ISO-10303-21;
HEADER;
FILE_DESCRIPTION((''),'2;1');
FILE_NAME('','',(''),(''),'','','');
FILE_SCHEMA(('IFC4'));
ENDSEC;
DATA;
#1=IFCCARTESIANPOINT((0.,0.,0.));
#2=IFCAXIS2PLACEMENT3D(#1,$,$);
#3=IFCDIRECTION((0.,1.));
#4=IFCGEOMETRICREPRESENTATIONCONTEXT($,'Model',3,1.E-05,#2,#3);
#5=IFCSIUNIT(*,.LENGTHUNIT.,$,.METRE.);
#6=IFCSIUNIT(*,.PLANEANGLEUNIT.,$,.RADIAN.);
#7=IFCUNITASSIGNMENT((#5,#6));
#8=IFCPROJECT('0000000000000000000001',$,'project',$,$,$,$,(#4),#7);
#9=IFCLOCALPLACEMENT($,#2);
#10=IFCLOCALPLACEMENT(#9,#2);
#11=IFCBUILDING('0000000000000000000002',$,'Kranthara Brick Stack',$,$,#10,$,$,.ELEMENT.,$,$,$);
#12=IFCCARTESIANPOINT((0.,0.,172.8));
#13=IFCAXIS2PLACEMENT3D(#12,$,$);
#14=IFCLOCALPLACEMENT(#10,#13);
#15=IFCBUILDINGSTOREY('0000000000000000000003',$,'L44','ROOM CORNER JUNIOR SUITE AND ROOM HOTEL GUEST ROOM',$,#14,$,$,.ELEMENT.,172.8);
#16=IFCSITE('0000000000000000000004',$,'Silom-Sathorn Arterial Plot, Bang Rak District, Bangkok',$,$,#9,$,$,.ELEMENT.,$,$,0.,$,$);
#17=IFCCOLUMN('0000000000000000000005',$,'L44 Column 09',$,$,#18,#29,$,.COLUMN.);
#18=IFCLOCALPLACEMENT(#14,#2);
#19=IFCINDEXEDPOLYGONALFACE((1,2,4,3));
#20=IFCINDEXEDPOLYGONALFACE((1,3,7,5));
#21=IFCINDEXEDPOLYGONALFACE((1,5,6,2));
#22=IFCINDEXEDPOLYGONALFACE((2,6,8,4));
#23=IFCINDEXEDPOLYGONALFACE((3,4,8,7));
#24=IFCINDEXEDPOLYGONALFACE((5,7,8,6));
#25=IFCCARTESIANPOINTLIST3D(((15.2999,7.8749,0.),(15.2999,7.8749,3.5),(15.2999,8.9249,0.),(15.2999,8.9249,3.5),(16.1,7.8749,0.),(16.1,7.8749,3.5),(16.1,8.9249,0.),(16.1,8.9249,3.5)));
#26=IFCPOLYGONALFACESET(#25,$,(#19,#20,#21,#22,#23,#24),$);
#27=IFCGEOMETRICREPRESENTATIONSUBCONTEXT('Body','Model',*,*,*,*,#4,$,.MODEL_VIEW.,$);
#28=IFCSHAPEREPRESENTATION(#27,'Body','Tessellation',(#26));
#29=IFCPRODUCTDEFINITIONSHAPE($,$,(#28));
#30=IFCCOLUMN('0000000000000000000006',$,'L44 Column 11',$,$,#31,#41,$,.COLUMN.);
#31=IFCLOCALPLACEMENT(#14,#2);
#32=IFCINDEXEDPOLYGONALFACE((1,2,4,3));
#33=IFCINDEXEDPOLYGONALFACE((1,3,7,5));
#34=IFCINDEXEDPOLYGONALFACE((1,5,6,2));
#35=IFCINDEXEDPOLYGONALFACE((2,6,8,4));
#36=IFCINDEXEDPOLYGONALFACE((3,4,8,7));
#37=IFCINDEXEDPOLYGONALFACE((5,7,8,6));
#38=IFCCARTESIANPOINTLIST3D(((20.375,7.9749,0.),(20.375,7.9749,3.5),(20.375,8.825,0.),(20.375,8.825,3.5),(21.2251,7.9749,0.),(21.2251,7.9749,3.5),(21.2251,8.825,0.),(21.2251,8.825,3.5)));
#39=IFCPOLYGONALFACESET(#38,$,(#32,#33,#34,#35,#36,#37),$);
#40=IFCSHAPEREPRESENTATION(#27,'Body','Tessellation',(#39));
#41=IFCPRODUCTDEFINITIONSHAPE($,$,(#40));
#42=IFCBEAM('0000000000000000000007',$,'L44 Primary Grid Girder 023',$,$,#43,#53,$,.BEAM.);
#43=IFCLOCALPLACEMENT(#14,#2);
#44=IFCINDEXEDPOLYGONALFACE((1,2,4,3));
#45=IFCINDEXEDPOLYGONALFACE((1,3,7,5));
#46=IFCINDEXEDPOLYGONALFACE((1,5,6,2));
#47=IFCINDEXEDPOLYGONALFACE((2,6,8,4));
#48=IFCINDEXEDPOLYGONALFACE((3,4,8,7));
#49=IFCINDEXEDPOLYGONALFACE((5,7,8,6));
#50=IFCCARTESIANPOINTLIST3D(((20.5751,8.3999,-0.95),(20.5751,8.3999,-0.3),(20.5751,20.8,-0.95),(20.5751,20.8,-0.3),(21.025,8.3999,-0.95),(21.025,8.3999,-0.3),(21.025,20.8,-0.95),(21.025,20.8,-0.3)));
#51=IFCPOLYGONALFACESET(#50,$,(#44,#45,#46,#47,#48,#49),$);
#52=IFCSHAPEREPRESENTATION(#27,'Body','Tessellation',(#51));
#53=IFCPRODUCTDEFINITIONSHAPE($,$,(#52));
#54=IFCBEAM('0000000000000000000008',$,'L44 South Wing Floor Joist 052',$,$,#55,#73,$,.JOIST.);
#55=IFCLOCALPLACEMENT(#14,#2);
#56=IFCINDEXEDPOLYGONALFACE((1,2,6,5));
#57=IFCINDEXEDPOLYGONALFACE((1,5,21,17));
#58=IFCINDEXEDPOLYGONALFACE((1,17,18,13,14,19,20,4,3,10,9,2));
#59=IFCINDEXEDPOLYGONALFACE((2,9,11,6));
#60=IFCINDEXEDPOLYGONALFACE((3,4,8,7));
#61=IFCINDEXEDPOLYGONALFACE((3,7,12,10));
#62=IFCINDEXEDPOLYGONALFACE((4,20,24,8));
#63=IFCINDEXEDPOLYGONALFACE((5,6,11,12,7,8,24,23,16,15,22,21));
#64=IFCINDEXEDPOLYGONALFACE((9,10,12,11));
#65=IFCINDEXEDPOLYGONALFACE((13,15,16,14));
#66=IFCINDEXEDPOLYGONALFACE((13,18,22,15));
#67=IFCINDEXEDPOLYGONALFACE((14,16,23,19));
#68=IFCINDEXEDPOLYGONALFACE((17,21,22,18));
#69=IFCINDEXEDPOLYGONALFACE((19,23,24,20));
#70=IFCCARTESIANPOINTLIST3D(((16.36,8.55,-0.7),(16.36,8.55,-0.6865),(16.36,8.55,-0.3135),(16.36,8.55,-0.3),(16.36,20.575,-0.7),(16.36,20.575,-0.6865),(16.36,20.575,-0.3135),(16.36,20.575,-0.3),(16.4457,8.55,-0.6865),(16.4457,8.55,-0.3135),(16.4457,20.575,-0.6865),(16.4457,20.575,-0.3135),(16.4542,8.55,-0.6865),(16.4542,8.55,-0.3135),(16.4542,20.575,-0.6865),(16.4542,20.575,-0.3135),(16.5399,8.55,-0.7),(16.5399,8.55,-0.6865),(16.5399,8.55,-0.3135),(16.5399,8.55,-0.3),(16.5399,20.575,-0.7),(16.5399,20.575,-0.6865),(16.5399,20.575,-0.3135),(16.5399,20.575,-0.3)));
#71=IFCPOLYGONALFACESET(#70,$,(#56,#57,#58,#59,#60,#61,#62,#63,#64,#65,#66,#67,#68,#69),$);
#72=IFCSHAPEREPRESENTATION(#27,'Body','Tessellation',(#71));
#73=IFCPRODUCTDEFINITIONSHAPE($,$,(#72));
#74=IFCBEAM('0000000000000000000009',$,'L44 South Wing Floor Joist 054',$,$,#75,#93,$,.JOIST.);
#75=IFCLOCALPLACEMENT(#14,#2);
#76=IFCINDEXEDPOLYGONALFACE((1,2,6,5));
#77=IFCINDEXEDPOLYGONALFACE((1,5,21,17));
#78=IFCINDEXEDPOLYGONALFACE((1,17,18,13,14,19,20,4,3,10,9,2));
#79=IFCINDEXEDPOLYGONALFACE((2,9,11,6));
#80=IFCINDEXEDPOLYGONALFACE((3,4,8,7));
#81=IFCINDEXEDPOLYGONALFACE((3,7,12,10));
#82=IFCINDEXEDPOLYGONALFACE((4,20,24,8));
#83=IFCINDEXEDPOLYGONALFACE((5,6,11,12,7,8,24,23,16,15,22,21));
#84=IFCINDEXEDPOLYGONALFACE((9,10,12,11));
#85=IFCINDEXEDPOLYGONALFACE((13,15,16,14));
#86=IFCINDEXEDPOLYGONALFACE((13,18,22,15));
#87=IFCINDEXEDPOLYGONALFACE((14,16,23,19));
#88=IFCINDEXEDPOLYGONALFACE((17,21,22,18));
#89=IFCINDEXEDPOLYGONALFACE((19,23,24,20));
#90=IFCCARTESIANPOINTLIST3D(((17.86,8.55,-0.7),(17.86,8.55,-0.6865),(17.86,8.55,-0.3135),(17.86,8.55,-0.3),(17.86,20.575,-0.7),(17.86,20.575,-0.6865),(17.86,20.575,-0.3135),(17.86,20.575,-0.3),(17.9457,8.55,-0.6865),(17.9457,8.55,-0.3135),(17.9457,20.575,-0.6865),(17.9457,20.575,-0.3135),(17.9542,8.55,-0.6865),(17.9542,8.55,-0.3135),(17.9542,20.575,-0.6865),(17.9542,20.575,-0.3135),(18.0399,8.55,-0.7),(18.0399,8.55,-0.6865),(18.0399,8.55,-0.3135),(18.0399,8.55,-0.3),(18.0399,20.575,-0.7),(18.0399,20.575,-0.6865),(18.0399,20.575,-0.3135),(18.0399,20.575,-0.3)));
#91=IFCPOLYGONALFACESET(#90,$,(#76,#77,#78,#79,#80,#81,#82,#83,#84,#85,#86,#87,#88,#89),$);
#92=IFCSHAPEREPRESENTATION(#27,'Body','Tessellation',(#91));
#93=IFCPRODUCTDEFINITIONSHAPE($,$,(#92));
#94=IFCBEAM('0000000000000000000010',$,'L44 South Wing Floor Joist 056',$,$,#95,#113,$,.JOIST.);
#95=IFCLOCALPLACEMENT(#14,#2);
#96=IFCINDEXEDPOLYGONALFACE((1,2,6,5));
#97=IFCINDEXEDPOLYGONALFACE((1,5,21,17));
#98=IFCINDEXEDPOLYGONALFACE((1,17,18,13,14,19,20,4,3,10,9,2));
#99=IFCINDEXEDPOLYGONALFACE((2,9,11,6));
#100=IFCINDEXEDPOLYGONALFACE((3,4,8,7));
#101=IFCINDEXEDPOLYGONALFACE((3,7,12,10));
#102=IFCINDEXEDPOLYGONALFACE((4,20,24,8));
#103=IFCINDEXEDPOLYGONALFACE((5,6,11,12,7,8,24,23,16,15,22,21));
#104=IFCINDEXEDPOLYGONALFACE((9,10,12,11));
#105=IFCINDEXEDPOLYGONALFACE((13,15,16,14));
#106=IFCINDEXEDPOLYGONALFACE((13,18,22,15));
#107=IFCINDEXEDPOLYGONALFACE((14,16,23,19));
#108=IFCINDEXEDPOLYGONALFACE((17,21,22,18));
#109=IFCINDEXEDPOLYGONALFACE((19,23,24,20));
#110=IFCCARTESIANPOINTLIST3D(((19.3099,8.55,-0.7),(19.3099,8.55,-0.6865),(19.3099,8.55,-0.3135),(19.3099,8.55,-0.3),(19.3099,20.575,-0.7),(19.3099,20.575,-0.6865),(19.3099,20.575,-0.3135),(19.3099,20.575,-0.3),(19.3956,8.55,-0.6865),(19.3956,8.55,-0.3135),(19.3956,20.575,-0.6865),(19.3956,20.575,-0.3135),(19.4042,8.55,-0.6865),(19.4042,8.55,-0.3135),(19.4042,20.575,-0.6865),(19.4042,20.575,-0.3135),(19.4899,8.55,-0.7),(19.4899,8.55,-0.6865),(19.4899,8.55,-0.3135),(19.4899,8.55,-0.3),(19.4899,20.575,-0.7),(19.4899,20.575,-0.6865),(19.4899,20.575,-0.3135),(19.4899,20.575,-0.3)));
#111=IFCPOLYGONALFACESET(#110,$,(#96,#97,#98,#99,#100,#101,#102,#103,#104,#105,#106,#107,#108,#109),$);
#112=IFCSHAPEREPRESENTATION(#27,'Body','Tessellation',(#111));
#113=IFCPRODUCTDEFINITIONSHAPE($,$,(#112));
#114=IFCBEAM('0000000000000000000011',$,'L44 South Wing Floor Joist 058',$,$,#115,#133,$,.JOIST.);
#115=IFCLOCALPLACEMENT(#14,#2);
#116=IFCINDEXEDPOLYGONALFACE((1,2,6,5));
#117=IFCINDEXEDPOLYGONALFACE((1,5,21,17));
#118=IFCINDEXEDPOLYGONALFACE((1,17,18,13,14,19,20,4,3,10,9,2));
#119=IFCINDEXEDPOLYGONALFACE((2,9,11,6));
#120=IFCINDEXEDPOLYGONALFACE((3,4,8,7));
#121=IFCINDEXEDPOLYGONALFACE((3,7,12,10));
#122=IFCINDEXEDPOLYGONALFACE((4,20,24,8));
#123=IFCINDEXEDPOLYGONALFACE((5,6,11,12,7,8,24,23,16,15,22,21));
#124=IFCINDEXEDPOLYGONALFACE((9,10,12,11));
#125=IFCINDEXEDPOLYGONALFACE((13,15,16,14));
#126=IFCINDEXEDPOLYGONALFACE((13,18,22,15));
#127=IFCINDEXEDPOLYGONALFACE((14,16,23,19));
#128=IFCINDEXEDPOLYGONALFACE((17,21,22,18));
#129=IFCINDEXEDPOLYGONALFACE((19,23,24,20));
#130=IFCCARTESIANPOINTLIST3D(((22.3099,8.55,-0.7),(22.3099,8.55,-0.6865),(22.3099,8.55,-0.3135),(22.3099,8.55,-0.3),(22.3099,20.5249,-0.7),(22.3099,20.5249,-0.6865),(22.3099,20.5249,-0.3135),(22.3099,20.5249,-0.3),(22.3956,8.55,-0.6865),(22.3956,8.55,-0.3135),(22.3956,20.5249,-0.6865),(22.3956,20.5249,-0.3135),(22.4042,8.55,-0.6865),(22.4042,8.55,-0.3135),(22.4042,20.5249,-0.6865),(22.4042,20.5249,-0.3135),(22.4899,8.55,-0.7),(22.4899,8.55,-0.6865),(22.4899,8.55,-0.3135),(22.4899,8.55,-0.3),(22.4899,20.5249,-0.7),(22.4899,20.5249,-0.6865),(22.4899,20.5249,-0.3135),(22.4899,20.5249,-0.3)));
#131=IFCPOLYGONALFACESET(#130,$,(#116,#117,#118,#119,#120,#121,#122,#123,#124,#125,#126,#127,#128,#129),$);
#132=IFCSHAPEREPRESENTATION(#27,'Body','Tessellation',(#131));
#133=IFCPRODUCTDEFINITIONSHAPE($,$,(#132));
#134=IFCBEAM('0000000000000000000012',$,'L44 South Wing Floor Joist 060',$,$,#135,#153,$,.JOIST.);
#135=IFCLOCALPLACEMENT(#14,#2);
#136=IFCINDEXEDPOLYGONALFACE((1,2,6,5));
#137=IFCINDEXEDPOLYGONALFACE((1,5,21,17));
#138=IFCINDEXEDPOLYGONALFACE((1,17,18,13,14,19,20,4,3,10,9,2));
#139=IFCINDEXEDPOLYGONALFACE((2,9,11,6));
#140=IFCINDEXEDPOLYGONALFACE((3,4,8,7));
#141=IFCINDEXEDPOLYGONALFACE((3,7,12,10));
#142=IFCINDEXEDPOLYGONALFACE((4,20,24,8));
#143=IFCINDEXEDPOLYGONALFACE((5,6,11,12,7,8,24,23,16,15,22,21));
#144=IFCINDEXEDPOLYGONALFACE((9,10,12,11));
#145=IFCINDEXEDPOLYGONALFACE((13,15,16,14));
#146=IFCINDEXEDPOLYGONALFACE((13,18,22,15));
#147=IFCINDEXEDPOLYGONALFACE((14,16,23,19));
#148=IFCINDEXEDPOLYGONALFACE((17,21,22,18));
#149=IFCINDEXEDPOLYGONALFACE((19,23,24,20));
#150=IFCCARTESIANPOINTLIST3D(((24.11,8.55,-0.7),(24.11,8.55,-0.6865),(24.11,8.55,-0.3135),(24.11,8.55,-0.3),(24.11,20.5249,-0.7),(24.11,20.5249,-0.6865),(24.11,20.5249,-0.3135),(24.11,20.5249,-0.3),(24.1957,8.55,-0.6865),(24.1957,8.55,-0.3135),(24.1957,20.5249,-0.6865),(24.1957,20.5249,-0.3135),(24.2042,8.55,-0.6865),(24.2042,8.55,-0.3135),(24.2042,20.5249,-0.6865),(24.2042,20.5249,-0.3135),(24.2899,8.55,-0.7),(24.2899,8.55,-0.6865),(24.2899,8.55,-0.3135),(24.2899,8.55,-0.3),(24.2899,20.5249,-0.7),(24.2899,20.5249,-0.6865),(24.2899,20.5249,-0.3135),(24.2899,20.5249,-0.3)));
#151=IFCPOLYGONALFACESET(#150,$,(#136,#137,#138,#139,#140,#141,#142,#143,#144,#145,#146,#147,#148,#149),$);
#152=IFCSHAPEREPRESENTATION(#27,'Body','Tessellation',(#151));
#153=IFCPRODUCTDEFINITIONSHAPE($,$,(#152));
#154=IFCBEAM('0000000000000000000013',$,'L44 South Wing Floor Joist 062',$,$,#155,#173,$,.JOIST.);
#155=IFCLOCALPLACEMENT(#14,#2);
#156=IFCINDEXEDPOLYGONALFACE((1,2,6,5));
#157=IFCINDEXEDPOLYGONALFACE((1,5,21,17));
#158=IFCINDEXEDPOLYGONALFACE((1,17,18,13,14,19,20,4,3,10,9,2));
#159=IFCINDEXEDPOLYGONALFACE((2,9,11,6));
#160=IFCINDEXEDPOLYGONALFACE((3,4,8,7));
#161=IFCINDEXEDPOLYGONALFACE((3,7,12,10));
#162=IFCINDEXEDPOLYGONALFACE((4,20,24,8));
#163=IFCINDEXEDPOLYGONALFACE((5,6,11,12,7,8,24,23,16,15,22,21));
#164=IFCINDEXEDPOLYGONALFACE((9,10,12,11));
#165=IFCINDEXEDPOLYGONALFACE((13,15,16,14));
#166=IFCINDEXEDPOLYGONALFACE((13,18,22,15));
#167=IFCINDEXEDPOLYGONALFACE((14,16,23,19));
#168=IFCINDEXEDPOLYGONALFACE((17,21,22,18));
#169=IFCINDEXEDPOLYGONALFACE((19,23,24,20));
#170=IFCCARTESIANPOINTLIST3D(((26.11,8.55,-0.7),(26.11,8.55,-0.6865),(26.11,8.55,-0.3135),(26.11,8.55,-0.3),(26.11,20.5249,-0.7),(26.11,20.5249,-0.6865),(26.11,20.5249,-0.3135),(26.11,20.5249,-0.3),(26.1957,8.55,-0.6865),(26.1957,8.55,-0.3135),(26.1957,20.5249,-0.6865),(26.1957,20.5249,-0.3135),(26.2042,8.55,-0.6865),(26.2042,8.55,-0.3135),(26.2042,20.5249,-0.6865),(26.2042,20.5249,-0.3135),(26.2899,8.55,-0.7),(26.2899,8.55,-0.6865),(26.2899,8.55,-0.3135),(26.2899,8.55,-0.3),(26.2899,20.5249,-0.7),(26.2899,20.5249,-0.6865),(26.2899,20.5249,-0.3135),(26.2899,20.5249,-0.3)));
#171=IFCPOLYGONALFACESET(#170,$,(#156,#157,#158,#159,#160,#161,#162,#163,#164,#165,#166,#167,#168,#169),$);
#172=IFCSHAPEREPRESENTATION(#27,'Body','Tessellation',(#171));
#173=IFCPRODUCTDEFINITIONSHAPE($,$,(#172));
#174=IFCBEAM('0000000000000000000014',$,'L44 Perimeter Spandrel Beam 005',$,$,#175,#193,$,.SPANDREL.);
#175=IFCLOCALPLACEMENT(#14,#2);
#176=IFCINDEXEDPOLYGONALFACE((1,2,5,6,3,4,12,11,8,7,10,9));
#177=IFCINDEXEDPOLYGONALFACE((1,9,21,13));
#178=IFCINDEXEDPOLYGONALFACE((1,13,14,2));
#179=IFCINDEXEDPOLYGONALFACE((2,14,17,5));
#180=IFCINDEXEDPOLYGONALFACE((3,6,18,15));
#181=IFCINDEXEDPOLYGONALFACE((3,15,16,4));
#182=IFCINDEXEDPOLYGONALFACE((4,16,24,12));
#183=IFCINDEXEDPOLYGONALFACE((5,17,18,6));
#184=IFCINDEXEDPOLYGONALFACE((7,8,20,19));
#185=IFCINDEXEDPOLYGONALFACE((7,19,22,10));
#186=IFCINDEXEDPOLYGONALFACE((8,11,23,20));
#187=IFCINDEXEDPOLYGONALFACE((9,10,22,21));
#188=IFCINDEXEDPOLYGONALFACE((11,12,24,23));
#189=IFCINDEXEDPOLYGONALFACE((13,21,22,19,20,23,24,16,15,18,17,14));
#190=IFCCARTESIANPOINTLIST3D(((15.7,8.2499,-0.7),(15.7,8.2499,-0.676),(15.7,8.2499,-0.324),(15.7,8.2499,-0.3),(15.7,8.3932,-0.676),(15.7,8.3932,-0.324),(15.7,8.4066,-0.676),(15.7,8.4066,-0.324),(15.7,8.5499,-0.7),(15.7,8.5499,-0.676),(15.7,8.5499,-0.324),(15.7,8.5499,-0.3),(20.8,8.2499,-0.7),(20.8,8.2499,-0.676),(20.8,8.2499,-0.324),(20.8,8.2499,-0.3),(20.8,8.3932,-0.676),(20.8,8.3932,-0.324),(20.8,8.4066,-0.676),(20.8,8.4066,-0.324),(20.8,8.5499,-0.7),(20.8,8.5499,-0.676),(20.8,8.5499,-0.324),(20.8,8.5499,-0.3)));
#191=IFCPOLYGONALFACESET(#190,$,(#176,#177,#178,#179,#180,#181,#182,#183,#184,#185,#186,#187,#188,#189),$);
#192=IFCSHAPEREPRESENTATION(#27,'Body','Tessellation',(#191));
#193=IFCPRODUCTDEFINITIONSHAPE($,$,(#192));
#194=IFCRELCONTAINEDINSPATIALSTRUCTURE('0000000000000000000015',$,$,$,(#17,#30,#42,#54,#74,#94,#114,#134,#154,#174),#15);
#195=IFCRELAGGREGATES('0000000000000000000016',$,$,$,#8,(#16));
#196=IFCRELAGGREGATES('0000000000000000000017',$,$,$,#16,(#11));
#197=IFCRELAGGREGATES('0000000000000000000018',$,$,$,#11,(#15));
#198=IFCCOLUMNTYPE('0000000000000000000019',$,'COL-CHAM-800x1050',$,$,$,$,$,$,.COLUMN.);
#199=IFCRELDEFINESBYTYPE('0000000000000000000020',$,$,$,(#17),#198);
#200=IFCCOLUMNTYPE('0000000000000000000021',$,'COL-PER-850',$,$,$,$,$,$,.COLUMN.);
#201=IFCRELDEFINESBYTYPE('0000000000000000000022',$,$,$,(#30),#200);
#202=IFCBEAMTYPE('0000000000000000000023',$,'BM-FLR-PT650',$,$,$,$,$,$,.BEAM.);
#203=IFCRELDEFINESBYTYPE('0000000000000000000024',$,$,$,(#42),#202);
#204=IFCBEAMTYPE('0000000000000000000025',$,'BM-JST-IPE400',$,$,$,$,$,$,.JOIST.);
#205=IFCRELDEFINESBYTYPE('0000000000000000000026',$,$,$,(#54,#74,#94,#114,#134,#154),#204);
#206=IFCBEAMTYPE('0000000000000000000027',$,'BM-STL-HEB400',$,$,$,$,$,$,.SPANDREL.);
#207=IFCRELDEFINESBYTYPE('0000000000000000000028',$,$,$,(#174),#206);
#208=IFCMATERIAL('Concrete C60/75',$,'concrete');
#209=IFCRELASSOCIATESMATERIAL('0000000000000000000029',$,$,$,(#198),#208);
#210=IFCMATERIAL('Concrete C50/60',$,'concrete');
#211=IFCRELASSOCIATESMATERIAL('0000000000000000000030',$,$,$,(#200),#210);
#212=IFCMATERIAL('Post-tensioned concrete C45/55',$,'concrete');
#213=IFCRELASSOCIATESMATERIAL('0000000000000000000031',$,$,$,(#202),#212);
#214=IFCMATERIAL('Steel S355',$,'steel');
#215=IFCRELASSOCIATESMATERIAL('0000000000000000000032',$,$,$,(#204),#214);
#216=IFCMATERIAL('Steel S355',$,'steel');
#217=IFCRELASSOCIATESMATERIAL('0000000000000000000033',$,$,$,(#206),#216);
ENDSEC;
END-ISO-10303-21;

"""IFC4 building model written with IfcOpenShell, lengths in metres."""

from ifc_helpers import new_model, si_unit, direction, frame, origin, origin_2d, place, context, subcontext, project, spatial, rectangle, i_section, extrude, material, material_profile, profile_set, type_object, element, save


model = new_model("IFC4")

# Units and contexts
model_context = context("Model", 3, precision=1e-05, world=origin(), true_north=direction((0.0, 1.0)))
body_context = subcontext(model_context, "Body", "Model", "MODEL_VIEW")
ifc_project = project(units=[si_unit("LENGTHUNIT", "METRE"), si_unit("PLANEANGLEUNIT", "RADIAN")], contexts=[model_context])

# Site, building, storey
site_placement = place(None, origin())
site = spatial("IfcSite", under=ifc_project, at=site_placement, Name="Silom-Sathorn Arterial Plot, Bang Rak District, Bangkok", CompositionType="ELEMENT", RefElevation=0.0)
building_placement = place(site_placement, origin())
building = spatial("IfcBuilding", under=site, at=building_placement, Name="Kranthara Brick Stack", CompositionType="ELEMENT")
storey_placement = place(building_placement, frame((0.0, 0.0, 172.8)))
storey = spatial("IfcBuildingStorey", under=building, at=storey_placement, Name="L44", Description="ROOM CORNER JUNIOR SUITE AND ROOM HOTEL GUEST ROOM", CompositionType="ELEMENT", Elevation=172.8)

# Columns
ifc_material_1 = material(Name="Concrete C60/75", Category="concrete")
ifc_material_profile_1 = material_profile(ifc_material_1, rectangle(XDim=0.8, YDim=1.05, at=origin_2d()), Name="RC 800x1050")
ifc_profile_set_1 = profile_set([ifc_material_profile_1], Name="Concrete C60/75")
column_type_1 = type_object("IfcColumnType", Name="COL-CHAM-800x1050", PredefinedType="COLUMN", material=ifc_profile_set_1)
column_1_placement = place(storey_placement, frame((15.7, 8.3999, 0.0), z_axis=(0.0, 0.0, 1.0), x_axis=(1.0, 0.0, 0.0)))
element("IfcColumn", 1, at=column_1_placement, inside=storey, type_object=column_type_1, Name="L44 Column 09", PredefinedType="COLUMN", context=body_context, shape_type="SweptSolid", body=[
    extrude(rectangle(XDim=0.8, YDim=1.05, at=origin_2d()), origin(), (0.0, 0.0, 1.0), 3.5),
])
ifc_material_2 = material(Name="Concrete C50/60", Category="concrete")
ifc_material_profile_2 = material_profile(ifc_material_2, rectangle(XDim=0.8501, YDim=0.8501, at=origin_2d()), Name="RC 850x850")
ifc_profile_set_2 = profile_set([ifc_material_profile_2], Name="Concrete C50/60")
column_type_2 = type_object("IfcColumnType", Name="COL-PER-850", PredefinedType="COLUMN", material=ifc_profile_set_2)
column_2_placement = place(storey_placement, frame((20.8, 8.3999, 0.0), z_axis=(0.0, 0.0, 1.0), x_axis=(1.0, 0.0, 0.0)))
element("IfcColumn", 2, at=column_2_placement, inside=storey, type_object=column_type_2, Name="L44 Column 11", PredefinedType="COLUMN", context=body_context, shape_type="SweptSolid", body=[
    extrude(rectangle(XDim=0.8501, YDim=0.8501, at=origin_2d()), origin(), (0.0, 0.0, 1.0), 3.5),
])

# Beams
ifc_material_3 = material(Name="Post-tensioned concrete C45/55", Category="concrete")
ifc_material_profile_3 = material_profile(ifc_material_3, rectangle(XDim=0.45, YDim=0.6499, at=origin_2d()), Name="PT 450x650")
ifc_profile_set_3 = profile_set([ifc_material_profile_3], Name="Post-tensioned concrete C45/55")
beam_type_1 = type_object("IfcBeamType", Name="BM-FLR-PT650", PredefinedType="BEAM", material=ifc_profile_set_3)
beam_1_placement = place(storey_placement, frame((20.8, 8.3999, -0.625), z_axis=(0.0, 1.0, 0.0), x_axis=(-1.0, 0.0, 0.0)))
element("IfcBeam", 3, at=beam_1_placement, inside=storey, type_object=beam_type_1, Name="L44 Primary Grid Girder 023", PredefinedType="BEAM", context=body_context, shape_type="SweptSolid", body=[
    extrude(rectangle(XDim=0.45, YDim=0.6499, at=origin_2d()), origin(), (0.0, 0.0, 1.0), 12.4001),
])
ifc_material_4 = material(Name="Steel S355", Category="steel")
ifc_material_profile_4 = material_profile(ifc_material_4, i_section(OverallWidth=0.1799, OverallDepth=0.3999, WebThickness=0.0085, FlangeThickness=0.0134, at=origin_2d()), Name="IPE 400")
ifc_profile_set_4 = profile_set([ifc_material_profile_4], Name="Steel S355")
beam_type_2 = type_object("IfcBeamType", Name="BM-JST-IPE400", PredefinedType="JOIST", material=ifc_profile_set_4)
for number, where, z_axis, x_axis, name in (
    (4, (16.45, 8.55, -0.5), (0.0, 1.0, 0.0), (-1.0, 0.0, 0.0), "L44 South Wing Floor Joist 052"),
    (5, (17.95, 8.55, -0.5), (0.0, 1.0, 0.0), (-1.0, 0.0, 0.0), "L44 South Wing Floor Joist 054"),
    (6, (19.3999, 8.55, -0.5), (0.0, 1.0, 0.0), (-1.0, 0.0, 0.0), "L44 South Wing Floor Joist 056"),
):
    element("IfcBeam", number, at=place(storey_placement, frame(where, z_axis=z_axis, x_axis=x_axis)), inside=storey, type_object=beam_type_2, Name=name, PredefinedType="JOIST", context=body_context, shape_type="SweptSolid", body=[
        extrude(i_section(OverallWidth=0.1799, OverallDepth=0.3999, WebThickness=0.0085, FlangeThickness=0.0134, at=origin_2d()), origin(), (0.0, 0.0, 1.0), 12.0249),
    ])
for number, where, z_axis, x_axis, name in (
    (7, (22.3999, 8.55, -0.5), (0.0, 1.0, 0.0), (-1.0, 0.0, 0.0), "L44 South Wing Floor Joist 058"),
    (8, (24.2, 8.55, -0.5), (0.0, 1.0, 0.0), (-1.0, 0.0, 0.0), "L44 South Wing Floor Joist 060"),
    (9, (26.2, 8.55, -0.5), (0.0, 1.0, 0.0), (-1.0, 0.0, 0.0), "L44 South Wing Floor Joist 062"),
):
    element("IfcBeam", number, at=place(storey_placement, frame(where, z_axis=z_axis, x_axis=x_axis)), inside=storey, type_object=beam_type_2, Name=name, PredefinedType="JOIST", context=body_context, shape_type="SweptSolid", body=[
        extrude(i_section(OverallWidth=0.1799, OverallDepth=0.3999, WebThickness=0.0085, FlangeThickness=0.0134, at=origin_2d()), origin(), (0.0, 0.0, 1.0), 11.9749),
    ])
ifc_material_5 = material(Name="Steel S355", Category="steel")
ifc_material_profile_5 = material_profile(ifc_material_5, i_section(OverallWidth=0.3, OverallDepth=0.3999, WebThickness=0.0134, FlangeThickness=0.0239, at=origin_2d()), Name="HEB 400")
ifc_profile_set_5 = profile_set([ifc_material_profile_5], Name="Steel S355")
beam_type_3 = type_object("IfcBeamType", Name="BM-STL-HEB400", PredefinedType="SPANDREL", material=ifc_profile_set_5)
beam_2_placement = place(storey_placement, frame((15.7, 8.3999, -0.5), z_axis=(1.0, 0.0, 0.0), x_axis=(0.0, 1.0, 0.0)))
element("IfcBeam", 10, at=beam_2_placement, inside=storey, type_object=beam_type_3, Name="L44 Perimeter Spandrel Beam 005", PredefinedType="SPANDREL", context=body_context, shape_type="SweptSolid", body=[
    extrude(i_section(OverallWidth=0.3, OverallDepth=0.3999, WebThickness=0.0134, FlangeThickness=0.0239, at=origin_2d()), origin(), (0.0, 0.0, 1.0), 5.1001),
])

save(model, "model.ifc")
